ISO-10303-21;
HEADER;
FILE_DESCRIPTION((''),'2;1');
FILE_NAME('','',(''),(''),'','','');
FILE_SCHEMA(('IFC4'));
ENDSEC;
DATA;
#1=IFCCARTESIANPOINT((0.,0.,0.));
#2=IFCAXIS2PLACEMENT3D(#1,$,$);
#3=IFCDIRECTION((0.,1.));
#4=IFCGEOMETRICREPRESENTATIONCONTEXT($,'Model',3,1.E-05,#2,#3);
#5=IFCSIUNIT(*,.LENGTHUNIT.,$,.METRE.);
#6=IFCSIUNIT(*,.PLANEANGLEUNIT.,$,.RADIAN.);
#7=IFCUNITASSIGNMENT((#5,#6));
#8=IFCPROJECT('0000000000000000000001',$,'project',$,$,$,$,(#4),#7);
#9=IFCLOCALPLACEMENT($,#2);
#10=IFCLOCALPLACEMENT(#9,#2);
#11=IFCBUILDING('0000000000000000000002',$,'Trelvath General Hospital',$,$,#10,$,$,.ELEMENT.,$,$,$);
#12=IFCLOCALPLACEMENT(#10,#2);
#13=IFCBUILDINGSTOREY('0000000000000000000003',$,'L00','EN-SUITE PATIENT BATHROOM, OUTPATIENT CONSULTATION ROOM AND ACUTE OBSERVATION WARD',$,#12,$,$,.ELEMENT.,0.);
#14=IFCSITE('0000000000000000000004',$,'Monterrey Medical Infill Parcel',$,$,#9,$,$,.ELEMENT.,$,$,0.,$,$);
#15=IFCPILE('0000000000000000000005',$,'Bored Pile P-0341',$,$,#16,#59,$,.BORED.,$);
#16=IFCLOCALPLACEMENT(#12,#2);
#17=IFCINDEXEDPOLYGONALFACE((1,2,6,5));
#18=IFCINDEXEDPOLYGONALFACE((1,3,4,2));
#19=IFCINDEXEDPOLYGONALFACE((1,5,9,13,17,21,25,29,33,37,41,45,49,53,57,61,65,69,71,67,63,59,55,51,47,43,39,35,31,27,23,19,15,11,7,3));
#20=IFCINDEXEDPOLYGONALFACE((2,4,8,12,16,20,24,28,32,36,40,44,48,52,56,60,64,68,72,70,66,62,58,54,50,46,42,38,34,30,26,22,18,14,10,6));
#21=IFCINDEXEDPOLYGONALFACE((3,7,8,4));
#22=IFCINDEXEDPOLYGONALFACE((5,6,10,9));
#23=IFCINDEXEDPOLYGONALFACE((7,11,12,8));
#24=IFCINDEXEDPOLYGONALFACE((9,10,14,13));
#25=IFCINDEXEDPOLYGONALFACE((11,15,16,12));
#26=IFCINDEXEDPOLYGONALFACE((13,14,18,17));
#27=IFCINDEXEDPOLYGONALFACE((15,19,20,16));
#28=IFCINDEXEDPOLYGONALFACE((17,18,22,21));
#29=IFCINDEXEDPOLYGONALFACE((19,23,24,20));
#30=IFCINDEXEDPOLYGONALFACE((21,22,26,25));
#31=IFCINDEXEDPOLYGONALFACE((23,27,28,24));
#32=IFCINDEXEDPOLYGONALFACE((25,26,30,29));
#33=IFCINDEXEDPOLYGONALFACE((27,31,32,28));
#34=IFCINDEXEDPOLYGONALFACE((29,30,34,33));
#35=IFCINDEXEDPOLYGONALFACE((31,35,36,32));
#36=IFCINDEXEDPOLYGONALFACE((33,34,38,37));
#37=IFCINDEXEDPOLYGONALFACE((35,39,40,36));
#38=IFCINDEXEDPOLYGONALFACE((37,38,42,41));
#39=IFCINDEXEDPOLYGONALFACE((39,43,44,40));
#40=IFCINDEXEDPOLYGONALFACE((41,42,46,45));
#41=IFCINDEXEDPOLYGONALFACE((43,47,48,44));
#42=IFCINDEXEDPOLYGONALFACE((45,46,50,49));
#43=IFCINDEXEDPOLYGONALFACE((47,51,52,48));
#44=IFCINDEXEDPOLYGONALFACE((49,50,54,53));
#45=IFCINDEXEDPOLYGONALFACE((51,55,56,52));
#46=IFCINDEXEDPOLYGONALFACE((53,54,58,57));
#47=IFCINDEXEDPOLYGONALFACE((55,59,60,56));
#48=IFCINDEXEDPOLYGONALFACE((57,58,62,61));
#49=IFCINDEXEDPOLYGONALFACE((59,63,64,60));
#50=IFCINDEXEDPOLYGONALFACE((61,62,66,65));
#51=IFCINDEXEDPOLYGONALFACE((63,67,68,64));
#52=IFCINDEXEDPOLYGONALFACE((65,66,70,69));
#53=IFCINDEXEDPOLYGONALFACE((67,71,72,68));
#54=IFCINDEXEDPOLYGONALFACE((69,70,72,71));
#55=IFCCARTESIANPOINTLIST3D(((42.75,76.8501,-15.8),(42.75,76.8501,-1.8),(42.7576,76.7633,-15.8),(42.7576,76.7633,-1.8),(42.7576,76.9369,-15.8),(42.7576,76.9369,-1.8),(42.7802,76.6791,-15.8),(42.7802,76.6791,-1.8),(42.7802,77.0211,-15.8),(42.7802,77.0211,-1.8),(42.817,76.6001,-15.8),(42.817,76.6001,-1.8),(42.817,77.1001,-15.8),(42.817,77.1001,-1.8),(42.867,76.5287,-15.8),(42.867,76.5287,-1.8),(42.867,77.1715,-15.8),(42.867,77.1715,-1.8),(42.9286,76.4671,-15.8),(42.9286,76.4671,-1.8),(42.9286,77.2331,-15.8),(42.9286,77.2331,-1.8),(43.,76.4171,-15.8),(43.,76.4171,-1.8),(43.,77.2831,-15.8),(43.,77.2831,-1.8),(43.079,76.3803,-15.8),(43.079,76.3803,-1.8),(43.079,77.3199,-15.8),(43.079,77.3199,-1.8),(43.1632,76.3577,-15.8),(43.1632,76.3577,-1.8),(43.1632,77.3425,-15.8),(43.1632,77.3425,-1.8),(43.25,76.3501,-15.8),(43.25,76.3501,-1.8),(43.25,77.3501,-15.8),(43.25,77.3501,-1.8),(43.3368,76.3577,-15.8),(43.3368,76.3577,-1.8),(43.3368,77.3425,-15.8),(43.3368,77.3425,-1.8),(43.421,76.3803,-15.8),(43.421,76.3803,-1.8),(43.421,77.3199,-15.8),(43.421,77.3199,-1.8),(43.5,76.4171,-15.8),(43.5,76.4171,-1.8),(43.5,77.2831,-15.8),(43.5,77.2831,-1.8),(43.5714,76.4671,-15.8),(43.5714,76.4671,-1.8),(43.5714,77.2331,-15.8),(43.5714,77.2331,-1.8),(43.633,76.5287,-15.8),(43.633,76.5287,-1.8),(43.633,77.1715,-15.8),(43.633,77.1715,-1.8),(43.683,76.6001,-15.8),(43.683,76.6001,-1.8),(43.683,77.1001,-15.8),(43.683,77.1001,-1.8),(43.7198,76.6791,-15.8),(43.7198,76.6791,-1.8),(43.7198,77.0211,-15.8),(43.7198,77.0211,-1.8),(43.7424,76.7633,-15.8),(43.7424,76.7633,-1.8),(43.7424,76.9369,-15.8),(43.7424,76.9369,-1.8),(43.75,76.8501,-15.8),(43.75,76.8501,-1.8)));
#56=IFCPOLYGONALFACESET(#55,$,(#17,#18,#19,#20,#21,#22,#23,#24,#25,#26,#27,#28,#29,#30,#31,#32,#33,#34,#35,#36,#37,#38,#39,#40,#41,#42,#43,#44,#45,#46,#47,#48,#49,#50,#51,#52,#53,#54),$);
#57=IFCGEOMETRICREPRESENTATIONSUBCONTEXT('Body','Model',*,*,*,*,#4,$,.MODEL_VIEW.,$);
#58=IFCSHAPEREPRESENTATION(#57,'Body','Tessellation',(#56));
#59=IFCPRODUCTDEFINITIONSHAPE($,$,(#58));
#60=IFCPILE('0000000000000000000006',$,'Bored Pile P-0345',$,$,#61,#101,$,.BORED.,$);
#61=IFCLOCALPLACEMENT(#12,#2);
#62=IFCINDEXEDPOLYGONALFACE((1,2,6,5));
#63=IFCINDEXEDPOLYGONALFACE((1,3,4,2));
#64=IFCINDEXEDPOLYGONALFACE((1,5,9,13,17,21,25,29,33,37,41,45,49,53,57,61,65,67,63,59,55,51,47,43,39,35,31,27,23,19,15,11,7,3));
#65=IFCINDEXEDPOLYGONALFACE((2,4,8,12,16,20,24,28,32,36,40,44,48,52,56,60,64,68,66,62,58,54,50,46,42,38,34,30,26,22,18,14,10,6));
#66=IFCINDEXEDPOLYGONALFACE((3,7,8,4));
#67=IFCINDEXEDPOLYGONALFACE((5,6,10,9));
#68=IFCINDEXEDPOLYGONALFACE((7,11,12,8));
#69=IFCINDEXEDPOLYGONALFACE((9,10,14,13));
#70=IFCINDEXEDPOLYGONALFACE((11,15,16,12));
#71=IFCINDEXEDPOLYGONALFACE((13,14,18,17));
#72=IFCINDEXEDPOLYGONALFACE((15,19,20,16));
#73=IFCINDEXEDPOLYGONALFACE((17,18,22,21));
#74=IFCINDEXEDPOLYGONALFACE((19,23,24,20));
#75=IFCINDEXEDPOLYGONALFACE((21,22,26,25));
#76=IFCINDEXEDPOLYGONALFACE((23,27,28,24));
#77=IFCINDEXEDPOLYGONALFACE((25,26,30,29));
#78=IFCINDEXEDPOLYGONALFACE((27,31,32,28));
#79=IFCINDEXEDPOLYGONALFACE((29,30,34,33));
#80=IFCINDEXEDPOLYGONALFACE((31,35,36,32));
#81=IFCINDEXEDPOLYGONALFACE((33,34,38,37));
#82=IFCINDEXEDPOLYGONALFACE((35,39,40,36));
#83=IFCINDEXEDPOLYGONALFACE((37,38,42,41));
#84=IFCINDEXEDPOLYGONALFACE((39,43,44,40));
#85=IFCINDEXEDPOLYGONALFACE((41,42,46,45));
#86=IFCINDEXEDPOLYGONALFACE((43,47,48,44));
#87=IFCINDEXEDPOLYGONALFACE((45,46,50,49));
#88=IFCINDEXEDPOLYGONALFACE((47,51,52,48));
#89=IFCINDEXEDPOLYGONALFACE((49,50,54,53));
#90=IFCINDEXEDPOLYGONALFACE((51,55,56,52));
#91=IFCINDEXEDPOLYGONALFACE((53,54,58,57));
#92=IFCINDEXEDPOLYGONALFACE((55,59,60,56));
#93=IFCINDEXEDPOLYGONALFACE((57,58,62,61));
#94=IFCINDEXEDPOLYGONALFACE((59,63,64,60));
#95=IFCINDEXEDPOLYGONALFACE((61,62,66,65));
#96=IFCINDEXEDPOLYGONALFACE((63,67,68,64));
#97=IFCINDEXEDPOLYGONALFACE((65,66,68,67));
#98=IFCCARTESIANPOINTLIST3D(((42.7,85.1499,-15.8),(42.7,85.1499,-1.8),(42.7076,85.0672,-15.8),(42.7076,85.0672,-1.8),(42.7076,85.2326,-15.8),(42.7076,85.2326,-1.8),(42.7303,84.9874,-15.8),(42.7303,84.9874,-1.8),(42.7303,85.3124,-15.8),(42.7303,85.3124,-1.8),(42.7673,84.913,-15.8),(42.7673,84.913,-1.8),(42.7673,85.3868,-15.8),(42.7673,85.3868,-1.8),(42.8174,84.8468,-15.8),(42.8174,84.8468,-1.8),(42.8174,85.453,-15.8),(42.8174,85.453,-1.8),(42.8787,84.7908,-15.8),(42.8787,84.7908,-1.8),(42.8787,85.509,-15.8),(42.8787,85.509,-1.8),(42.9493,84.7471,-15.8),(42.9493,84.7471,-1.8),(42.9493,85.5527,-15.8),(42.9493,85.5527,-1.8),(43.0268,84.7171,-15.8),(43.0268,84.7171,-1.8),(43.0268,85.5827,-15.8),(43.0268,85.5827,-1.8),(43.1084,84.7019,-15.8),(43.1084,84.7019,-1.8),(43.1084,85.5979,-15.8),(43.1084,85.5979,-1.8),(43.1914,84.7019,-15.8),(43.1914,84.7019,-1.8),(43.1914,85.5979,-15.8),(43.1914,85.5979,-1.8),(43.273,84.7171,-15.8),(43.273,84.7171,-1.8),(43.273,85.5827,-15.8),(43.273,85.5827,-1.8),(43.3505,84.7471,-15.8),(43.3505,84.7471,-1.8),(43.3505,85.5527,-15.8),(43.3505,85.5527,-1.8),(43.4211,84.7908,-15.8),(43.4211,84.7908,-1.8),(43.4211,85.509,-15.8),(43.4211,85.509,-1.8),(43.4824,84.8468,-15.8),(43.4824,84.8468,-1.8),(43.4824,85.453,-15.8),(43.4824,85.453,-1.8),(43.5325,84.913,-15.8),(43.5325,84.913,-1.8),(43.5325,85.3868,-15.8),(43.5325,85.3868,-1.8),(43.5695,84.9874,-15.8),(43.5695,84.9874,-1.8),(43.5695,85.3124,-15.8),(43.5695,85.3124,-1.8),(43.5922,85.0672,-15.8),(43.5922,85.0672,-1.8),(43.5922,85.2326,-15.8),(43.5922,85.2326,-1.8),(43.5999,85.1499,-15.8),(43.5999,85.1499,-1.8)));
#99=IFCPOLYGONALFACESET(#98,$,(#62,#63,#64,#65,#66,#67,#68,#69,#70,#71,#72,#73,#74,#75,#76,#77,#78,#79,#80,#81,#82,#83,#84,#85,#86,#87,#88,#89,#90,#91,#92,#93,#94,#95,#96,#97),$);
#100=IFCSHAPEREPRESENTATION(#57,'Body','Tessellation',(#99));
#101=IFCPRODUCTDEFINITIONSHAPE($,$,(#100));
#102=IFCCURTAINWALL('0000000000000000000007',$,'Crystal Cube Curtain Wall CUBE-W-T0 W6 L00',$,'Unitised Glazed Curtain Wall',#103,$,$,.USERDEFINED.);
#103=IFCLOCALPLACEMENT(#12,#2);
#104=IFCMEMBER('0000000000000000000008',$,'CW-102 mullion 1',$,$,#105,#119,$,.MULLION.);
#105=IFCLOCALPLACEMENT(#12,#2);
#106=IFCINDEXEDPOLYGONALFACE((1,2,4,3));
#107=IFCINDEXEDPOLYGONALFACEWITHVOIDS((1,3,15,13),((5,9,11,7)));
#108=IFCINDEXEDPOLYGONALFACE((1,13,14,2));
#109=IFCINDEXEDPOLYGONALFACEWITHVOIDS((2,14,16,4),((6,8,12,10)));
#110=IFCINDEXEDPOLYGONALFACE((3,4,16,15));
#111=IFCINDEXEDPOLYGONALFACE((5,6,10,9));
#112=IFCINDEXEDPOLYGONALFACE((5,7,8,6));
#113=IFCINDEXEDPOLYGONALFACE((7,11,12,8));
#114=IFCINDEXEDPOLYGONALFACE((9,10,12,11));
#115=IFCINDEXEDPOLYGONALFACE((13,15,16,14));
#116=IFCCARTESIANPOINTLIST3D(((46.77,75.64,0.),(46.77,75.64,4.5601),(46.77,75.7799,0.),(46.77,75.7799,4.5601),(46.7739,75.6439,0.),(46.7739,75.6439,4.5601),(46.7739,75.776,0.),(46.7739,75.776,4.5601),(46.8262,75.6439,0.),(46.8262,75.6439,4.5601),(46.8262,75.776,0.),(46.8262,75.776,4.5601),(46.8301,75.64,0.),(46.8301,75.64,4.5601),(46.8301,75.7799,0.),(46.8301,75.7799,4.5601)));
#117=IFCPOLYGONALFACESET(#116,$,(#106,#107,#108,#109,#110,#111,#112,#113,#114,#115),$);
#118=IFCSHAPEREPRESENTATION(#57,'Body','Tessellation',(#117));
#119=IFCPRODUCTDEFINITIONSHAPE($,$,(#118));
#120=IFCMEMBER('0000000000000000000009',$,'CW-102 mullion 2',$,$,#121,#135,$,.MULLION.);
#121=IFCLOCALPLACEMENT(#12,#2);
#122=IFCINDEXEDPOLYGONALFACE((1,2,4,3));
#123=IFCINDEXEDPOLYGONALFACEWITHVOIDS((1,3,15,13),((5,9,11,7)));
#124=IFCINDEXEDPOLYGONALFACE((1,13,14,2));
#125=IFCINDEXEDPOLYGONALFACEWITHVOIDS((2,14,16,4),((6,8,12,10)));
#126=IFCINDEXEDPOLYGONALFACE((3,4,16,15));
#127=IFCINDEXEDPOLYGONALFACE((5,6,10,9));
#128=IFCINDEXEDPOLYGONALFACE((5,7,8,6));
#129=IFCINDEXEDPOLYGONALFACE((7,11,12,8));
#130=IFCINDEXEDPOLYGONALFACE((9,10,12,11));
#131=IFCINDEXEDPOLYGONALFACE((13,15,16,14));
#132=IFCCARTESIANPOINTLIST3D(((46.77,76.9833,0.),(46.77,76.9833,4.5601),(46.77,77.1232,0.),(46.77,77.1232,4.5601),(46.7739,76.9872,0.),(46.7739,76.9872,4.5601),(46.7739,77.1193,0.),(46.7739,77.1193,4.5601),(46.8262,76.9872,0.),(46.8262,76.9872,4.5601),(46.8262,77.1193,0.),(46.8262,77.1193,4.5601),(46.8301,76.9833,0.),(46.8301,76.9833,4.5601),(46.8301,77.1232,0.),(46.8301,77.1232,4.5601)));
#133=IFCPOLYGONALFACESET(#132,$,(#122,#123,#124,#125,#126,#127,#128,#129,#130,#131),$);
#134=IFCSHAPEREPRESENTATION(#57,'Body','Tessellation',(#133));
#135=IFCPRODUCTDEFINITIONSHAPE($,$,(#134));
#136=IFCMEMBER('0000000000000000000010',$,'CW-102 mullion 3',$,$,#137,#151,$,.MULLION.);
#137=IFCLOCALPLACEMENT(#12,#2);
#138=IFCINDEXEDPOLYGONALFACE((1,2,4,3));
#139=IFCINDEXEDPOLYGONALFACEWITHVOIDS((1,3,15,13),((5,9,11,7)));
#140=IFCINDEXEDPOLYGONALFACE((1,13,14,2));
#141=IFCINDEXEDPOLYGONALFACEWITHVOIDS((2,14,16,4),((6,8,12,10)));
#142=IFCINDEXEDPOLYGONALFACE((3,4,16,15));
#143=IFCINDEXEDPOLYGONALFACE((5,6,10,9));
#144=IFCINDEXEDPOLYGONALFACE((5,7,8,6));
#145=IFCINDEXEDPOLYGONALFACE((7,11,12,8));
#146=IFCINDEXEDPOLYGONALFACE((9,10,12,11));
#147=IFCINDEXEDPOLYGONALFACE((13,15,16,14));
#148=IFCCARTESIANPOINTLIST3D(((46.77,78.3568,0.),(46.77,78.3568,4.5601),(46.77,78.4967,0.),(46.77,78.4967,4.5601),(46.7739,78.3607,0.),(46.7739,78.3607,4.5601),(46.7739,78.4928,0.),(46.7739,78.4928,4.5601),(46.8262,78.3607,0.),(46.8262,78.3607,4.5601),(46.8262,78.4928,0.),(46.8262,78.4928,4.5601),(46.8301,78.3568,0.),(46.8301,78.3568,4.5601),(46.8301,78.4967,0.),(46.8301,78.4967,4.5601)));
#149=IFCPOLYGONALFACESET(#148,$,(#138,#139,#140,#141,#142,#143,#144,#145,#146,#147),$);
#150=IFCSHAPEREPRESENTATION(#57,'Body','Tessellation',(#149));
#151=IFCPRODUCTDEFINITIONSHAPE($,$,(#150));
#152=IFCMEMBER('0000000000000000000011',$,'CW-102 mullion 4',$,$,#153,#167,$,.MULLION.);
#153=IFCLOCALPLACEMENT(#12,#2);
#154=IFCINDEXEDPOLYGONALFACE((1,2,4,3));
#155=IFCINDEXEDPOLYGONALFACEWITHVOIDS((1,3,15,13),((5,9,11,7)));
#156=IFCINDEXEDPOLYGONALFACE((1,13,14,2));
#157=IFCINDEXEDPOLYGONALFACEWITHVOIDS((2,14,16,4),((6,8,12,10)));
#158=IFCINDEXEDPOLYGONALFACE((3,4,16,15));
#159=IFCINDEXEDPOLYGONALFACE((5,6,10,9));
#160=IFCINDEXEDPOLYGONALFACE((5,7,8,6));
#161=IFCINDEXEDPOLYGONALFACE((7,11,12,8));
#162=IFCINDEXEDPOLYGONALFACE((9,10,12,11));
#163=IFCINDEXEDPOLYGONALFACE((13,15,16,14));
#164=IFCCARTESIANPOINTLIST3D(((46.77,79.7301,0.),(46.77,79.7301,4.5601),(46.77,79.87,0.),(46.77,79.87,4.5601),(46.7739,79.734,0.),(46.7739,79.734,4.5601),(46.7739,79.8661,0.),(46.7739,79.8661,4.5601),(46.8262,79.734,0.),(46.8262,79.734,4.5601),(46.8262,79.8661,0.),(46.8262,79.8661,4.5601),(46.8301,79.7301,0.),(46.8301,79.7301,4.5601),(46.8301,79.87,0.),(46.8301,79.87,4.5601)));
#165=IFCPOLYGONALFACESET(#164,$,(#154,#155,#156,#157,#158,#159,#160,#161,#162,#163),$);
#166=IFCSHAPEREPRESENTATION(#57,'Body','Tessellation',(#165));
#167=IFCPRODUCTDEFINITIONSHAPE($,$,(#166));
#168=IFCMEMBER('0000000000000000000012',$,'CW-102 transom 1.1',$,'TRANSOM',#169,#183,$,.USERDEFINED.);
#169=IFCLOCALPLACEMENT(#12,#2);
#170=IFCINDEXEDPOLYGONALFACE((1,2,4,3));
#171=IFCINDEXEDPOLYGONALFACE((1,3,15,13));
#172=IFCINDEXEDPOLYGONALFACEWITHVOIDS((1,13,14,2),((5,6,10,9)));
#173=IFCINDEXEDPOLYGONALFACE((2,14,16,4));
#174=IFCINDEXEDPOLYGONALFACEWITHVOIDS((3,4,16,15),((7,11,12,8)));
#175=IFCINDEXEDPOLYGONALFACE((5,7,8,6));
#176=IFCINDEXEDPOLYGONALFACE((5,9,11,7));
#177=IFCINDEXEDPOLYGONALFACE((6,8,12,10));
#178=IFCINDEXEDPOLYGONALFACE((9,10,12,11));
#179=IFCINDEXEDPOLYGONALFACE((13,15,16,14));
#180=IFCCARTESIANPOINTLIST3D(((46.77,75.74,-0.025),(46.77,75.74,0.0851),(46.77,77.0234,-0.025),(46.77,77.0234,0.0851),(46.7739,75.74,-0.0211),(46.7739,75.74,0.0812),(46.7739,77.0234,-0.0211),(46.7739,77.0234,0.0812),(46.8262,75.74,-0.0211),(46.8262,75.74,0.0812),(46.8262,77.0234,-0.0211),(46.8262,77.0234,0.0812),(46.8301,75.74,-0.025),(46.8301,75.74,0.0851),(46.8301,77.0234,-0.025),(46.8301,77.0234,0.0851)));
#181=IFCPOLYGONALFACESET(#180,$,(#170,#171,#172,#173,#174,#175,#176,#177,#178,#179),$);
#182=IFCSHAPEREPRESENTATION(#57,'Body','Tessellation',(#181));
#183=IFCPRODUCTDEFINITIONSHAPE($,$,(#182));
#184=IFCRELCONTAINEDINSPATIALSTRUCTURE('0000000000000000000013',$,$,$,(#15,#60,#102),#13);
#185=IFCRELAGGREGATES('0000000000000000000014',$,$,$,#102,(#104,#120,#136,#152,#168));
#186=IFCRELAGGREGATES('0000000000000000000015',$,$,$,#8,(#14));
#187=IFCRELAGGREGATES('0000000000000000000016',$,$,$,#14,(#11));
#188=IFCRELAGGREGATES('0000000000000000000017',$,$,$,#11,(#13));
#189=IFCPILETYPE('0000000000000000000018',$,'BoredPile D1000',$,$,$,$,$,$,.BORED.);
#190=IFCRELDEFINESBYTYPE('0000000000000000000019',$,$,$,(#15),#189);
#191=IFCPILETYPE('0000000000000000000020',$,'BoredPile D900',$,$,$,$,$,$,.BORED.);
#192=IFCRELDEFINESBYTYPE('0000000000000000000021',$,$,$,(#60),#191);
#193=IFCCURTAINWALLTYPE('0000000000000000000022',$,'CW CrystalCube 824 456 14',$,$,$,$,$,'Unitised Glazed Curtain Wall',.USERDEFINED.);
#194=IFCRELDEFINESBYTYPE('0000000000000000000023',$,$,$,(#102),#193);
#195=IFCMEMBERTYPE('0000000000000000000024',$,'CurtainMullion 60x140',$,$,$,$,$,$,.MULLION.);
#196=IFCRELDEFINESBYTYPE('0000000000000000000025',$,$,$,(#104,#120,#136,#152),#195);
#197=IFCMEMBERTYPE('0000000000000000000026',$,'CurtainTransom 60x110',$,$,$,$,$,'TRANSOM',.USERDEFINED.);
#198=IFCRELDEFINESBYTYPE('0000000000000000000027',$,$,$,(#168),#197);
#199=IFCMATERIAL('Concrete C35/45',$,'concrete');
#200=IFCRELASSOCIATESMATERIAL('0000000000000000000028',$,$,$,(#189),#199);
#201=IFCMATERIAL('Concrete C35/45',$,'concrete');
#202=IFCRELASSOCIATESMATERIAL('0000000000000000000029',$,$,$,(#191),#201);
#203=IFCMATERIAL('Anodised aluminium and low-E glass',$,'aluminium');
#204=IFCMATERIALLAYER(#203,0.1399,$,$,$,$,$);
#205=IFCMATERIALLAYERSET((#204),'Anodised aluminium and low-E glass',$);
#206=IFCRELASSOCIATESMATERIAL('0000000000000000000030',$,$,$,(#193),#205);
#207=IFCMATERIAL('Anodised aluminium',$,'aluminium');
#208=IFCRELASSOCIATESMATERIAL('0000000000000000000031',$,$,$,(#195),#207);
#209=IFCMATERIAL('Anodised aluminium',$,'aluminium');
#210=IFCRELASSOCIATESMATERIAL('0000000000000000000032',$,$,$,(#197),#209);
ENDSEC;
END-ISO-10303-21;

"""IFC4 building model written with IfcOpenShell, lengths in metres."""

from ifc_helpers import new_model, si_unit, direction, frame, origin, origin_2d, place, context, subcontext, project, spatial, hollow_rectangle, circle, extrude, material, layer, layer_set, material_profile, profile_set, type_object, element, aggregate, save


model = new_model("IFC4")

# Units and contexts
model_context = context("Model", 3, precision=1e-05, world=origin(), true_north=direction((0.0, 1.0)))
body_context = subcontext(model_context, "Body", "Model", "MODEL_VIEW")
ifc_project = project(units=[si_unit("LENGTHUNIT", "METRE"), si_unit("PLANEANGLEUNIT", "RADIAN")], contexts=[model_context])

# Site, building, storey
site_placement = place(None, origin())
site = spatial("IfcSite", under=ifc_project, at=site_placement, Name="Monterrey Medical Infill Parcel", CompositionType="ELEMENT", RefElevation=0.0)
building_placement = place(site_placement, origin())
building = spatial("IfcBuilding", under=site, at=building_placement, Name="Trelvath General Hospital", CompositionType="ELEMENT")
storey_placement = place(building_placement, origin())
storey = spatial("IfcBuildingStorey", under=building, at=storey_placement, Name="L00", Description="EN-SUITE PATIENT BATHROOM, OUTPATIENT CONSULTATION ROOM AND ACUTE OBSERVATION WARD", CompositionType="ELEMENT", Elevation=0.0)

# Piles
ifc_material_1 = material(Name="Concrete C35/45", Category="concrete")
ifc_material_profile_1 = material_profile(ifc_material_1, circle(Radius=0.5, at=origin_2d()), Name="PILE1000")
ifc_profile_set_1 = profile_set([ifc_material_profile_1], Name="Concrete C35/45")
pile_type_1 = type_object("IfcPileType", Name="BoredPile D1000", PredefinedType="BORED", material=ifc_profile_set_1)
pile_1_placement = place(storey_placement, frame((43.25, 76.8501, -1.8), z_axis=(0.0, 0.0, -1.0), x_axis=(1.0, 0.0, 0.0)))
element("IfcPile", 1, at=pile_1_placement, inside=storey, type_object=pile_type_1, Name="Bored Pile P-0341", PredefinedType="BORED", context=body_context, shape_type="SweptSolid", body=[
    extrude(circle(Radius=0.5, at=origin_2d()), origin(), (0.0, 0.0, 1.0), 14.0),
])
ifc_material_2 = material(Name="Concrete C35/45", Category="concrete")
ifc_material_profile_2 = material_profile(ifc_material_2, circle(Radius=0.45, at=origin_2d()), Name="PILE900")
ifc_profile_set_2 = profile_set([ifc_material_profile_2], Name="Concrete C35/45")
pile_type_2 = type_object("IfcPileType", Name="BoredPile D900", PredefinedType="BORED", material=ifc_profile_set_2)
pile_2_placement = place(storey_placement, frame((43.1499, 85.1499, -1.8), z_axis=(0.0, 0.0, -1.0), x_axis=(1.0, 0.0, 0.0)))
element("IfcPile", 2, at=pile_2_placement, inside=storey, type_object=pile_type_2, Name="Bored Pile P-0345", PredefinedType="BORED", context=body_context, shape_type="SweptSolid", body=[
    extrude(circle(Radius=0.45, at=origin_2d()), origin(), (0.0, 0.0, 1.0), 14.0),
])

# Curtain wall, members
ifc_material_3 = material(Name="Anodised aluminium and low-E glass", Category="aluminium")
ifc_layer_1 = layer(ifc_material_3, 0.1399)
ifc_layer_set_1 = layer_set([ifc_layer_1], Name="Anodised aluminium and low-E glass")
curtain_wall_type = type_object("IfcCurtainWallType", Name="CW CrystalCube 824 456 14", ElementType="Unitised Glazed Curtain Wall", PredefinedType="USERDEFINED", material=ifc_layer_set_1)
curtain_wall_placement = place(storey_placement, origin())
curtain_wall = element("IfcCurtainWall", 3, at=curtain_wall_placement, inside=storey, type_object=curtain_wall_type, Name="Crystal Cube Curtain Wall CUBE-W-T0 W6 L00", ObjectType="Unitised Glazed Curtain Wall", PredefinedType="USERDEFINED")
ifc_material_4 = material(Name="Anodised aluminium", Category="aluminium")
ifc_material_profile_3 = material_profile(ifc_material_4, hollow_rectangle(XDim=0.0601, YDim=0.1399, WallThickness=0.0039, at=origin_2d()), Name="RHS60x140x4")
ifc_profile_set_3 = profile_set([ifc_material_profile_3], Name="Anodised aluminium")
member_type_1 = type_object("IfcMemberType", Name="CurtainMullion 60x140", PredefinedType="MULLION", material=ifc_profile_set_3)
member_1_placement = place(storey_placement, frame((46.8, 75.71, 0.0), z_axis=(0.0, 0.0, 1.0), x_axis=(-1.0, 0.0, 0.0)))
member_1 = element("IfcMember", 4, at=member_1_placement, type_object=member_type_1, Name="CW-102 mullion 1", PredefinedType="MULLION", context=body_context, shape_type="SweptSolid", body=[
    extrude(hollow_rectangle(XDim=0.0601, YDim=0.1399, WallThickness=0.0039, at=origin_2d()), origin(), (0.0, 0.0, 1.0), 4.5601),
])
member_2_placement = place(storey_placement, frame((46.8, 77.0532, 0.0), z_axis=(0.0, 0.0, 1.0), x_axis=(-1.0, 0.0, 0.0)))
member_2 = element("IfcMember", 5, at=member_2_placement, type_object=member_type_1, Name="CW-102 mullion 2", PredefinedType="MULLION", context=body_context, shape_type="SweptSolid", body=[
    extrude(hollow_rectangle(XDim=0.0601, YDim=0.1399, WallThickness=0.0039, at=origin_2d()), origin(), (0.0, 0.0, 1.0), 4.5601),
])
member_3_placement = place(storey_placement, frame((46.8, 78.4268, 0.0), z_axis=(0.0, 0.0, 1.0), x_axis=(-1.0, 0.0, 0.0)))
member_3 = element("IfcMember", 6, at=member_3_placement, type_object=member_type_1, Name="CW-102 mullion 3", PredefinedType="MULLION", context=body_context, shape_type="SweptSolid", body=[
    extrude(hollow_rectangle(XDim=0.0601, YDim=0.1399, WallThickness=0.0039, at=origin_2d()), origin(), (0.0, 0.0, 1.0), 4.5601),
])
member_4_placement = place(storey_placement, frame((46.8, 79.8, 0.0), z_axis=(0.0, 0.0, 1.0), x_axis=(-1.0, 0.0, 0.0)))
member_4 = element("IfcMember", 7, at=member_4_placement, type_object=member_type_1, Name="CW-102 mullion 4", PredefinedType="MULLION", context=body_context, shape_type="SweptSolid", body=[
    extrude(hollow_rectangle(XDim=0.0601, YDim=0.1399, WallThickness=0.0039, at=origin_2d()), origin(), (0.0, 0.0, 1.0), 4.5601),
])
ifc_material_5 = material(Name="Anodised aluminium", Category="aluminium")
ifc_material_profile_4 = material_profile(ifc_material_5, hollow_rectangle(XDim=0.0601, YDim=0.1101, WallThickness=0.0039, at=origin_2d()), Name="RHS60x110x4")
ifc_profile_set_4 = profile_set([ifc_material_profile_4], Name="Anodised aluminium")
member_type_2 = type_object("IfcMemberType", Name="CurtainTransom 60x110", ElementType="TRANSOM", PredefinedType="USERDEFINED", material=ifc_profile_set_4)
member_5_placement = place(storey_placement, frame((46.8, 75.74, 0.03), z_axis=(0.0, 1.0, 0.0), x_axis=(-1.0, 0.0, 0.0)))
member_5 = element("IfcMember", 8, at=member_5_placement, type_object=member_type_2, Name="CW-102 transom 1.1", ObjectType="TRANSOM", PredefinedType="USERDEFINED", context=body_context, shape_type="SweptSolid", body=[
    extrude(hollow_rectangle(XDim=0.0601, YDim=0.1101, WallThickness=0.0039, at=origin_2d()), origin(), (0.0, 0.0, 1.0), 1.2834),
])
aggregate(curtain_wall, [member_1, member_2, member_3, member_4, member_5])

save(model, "model.ifc")
